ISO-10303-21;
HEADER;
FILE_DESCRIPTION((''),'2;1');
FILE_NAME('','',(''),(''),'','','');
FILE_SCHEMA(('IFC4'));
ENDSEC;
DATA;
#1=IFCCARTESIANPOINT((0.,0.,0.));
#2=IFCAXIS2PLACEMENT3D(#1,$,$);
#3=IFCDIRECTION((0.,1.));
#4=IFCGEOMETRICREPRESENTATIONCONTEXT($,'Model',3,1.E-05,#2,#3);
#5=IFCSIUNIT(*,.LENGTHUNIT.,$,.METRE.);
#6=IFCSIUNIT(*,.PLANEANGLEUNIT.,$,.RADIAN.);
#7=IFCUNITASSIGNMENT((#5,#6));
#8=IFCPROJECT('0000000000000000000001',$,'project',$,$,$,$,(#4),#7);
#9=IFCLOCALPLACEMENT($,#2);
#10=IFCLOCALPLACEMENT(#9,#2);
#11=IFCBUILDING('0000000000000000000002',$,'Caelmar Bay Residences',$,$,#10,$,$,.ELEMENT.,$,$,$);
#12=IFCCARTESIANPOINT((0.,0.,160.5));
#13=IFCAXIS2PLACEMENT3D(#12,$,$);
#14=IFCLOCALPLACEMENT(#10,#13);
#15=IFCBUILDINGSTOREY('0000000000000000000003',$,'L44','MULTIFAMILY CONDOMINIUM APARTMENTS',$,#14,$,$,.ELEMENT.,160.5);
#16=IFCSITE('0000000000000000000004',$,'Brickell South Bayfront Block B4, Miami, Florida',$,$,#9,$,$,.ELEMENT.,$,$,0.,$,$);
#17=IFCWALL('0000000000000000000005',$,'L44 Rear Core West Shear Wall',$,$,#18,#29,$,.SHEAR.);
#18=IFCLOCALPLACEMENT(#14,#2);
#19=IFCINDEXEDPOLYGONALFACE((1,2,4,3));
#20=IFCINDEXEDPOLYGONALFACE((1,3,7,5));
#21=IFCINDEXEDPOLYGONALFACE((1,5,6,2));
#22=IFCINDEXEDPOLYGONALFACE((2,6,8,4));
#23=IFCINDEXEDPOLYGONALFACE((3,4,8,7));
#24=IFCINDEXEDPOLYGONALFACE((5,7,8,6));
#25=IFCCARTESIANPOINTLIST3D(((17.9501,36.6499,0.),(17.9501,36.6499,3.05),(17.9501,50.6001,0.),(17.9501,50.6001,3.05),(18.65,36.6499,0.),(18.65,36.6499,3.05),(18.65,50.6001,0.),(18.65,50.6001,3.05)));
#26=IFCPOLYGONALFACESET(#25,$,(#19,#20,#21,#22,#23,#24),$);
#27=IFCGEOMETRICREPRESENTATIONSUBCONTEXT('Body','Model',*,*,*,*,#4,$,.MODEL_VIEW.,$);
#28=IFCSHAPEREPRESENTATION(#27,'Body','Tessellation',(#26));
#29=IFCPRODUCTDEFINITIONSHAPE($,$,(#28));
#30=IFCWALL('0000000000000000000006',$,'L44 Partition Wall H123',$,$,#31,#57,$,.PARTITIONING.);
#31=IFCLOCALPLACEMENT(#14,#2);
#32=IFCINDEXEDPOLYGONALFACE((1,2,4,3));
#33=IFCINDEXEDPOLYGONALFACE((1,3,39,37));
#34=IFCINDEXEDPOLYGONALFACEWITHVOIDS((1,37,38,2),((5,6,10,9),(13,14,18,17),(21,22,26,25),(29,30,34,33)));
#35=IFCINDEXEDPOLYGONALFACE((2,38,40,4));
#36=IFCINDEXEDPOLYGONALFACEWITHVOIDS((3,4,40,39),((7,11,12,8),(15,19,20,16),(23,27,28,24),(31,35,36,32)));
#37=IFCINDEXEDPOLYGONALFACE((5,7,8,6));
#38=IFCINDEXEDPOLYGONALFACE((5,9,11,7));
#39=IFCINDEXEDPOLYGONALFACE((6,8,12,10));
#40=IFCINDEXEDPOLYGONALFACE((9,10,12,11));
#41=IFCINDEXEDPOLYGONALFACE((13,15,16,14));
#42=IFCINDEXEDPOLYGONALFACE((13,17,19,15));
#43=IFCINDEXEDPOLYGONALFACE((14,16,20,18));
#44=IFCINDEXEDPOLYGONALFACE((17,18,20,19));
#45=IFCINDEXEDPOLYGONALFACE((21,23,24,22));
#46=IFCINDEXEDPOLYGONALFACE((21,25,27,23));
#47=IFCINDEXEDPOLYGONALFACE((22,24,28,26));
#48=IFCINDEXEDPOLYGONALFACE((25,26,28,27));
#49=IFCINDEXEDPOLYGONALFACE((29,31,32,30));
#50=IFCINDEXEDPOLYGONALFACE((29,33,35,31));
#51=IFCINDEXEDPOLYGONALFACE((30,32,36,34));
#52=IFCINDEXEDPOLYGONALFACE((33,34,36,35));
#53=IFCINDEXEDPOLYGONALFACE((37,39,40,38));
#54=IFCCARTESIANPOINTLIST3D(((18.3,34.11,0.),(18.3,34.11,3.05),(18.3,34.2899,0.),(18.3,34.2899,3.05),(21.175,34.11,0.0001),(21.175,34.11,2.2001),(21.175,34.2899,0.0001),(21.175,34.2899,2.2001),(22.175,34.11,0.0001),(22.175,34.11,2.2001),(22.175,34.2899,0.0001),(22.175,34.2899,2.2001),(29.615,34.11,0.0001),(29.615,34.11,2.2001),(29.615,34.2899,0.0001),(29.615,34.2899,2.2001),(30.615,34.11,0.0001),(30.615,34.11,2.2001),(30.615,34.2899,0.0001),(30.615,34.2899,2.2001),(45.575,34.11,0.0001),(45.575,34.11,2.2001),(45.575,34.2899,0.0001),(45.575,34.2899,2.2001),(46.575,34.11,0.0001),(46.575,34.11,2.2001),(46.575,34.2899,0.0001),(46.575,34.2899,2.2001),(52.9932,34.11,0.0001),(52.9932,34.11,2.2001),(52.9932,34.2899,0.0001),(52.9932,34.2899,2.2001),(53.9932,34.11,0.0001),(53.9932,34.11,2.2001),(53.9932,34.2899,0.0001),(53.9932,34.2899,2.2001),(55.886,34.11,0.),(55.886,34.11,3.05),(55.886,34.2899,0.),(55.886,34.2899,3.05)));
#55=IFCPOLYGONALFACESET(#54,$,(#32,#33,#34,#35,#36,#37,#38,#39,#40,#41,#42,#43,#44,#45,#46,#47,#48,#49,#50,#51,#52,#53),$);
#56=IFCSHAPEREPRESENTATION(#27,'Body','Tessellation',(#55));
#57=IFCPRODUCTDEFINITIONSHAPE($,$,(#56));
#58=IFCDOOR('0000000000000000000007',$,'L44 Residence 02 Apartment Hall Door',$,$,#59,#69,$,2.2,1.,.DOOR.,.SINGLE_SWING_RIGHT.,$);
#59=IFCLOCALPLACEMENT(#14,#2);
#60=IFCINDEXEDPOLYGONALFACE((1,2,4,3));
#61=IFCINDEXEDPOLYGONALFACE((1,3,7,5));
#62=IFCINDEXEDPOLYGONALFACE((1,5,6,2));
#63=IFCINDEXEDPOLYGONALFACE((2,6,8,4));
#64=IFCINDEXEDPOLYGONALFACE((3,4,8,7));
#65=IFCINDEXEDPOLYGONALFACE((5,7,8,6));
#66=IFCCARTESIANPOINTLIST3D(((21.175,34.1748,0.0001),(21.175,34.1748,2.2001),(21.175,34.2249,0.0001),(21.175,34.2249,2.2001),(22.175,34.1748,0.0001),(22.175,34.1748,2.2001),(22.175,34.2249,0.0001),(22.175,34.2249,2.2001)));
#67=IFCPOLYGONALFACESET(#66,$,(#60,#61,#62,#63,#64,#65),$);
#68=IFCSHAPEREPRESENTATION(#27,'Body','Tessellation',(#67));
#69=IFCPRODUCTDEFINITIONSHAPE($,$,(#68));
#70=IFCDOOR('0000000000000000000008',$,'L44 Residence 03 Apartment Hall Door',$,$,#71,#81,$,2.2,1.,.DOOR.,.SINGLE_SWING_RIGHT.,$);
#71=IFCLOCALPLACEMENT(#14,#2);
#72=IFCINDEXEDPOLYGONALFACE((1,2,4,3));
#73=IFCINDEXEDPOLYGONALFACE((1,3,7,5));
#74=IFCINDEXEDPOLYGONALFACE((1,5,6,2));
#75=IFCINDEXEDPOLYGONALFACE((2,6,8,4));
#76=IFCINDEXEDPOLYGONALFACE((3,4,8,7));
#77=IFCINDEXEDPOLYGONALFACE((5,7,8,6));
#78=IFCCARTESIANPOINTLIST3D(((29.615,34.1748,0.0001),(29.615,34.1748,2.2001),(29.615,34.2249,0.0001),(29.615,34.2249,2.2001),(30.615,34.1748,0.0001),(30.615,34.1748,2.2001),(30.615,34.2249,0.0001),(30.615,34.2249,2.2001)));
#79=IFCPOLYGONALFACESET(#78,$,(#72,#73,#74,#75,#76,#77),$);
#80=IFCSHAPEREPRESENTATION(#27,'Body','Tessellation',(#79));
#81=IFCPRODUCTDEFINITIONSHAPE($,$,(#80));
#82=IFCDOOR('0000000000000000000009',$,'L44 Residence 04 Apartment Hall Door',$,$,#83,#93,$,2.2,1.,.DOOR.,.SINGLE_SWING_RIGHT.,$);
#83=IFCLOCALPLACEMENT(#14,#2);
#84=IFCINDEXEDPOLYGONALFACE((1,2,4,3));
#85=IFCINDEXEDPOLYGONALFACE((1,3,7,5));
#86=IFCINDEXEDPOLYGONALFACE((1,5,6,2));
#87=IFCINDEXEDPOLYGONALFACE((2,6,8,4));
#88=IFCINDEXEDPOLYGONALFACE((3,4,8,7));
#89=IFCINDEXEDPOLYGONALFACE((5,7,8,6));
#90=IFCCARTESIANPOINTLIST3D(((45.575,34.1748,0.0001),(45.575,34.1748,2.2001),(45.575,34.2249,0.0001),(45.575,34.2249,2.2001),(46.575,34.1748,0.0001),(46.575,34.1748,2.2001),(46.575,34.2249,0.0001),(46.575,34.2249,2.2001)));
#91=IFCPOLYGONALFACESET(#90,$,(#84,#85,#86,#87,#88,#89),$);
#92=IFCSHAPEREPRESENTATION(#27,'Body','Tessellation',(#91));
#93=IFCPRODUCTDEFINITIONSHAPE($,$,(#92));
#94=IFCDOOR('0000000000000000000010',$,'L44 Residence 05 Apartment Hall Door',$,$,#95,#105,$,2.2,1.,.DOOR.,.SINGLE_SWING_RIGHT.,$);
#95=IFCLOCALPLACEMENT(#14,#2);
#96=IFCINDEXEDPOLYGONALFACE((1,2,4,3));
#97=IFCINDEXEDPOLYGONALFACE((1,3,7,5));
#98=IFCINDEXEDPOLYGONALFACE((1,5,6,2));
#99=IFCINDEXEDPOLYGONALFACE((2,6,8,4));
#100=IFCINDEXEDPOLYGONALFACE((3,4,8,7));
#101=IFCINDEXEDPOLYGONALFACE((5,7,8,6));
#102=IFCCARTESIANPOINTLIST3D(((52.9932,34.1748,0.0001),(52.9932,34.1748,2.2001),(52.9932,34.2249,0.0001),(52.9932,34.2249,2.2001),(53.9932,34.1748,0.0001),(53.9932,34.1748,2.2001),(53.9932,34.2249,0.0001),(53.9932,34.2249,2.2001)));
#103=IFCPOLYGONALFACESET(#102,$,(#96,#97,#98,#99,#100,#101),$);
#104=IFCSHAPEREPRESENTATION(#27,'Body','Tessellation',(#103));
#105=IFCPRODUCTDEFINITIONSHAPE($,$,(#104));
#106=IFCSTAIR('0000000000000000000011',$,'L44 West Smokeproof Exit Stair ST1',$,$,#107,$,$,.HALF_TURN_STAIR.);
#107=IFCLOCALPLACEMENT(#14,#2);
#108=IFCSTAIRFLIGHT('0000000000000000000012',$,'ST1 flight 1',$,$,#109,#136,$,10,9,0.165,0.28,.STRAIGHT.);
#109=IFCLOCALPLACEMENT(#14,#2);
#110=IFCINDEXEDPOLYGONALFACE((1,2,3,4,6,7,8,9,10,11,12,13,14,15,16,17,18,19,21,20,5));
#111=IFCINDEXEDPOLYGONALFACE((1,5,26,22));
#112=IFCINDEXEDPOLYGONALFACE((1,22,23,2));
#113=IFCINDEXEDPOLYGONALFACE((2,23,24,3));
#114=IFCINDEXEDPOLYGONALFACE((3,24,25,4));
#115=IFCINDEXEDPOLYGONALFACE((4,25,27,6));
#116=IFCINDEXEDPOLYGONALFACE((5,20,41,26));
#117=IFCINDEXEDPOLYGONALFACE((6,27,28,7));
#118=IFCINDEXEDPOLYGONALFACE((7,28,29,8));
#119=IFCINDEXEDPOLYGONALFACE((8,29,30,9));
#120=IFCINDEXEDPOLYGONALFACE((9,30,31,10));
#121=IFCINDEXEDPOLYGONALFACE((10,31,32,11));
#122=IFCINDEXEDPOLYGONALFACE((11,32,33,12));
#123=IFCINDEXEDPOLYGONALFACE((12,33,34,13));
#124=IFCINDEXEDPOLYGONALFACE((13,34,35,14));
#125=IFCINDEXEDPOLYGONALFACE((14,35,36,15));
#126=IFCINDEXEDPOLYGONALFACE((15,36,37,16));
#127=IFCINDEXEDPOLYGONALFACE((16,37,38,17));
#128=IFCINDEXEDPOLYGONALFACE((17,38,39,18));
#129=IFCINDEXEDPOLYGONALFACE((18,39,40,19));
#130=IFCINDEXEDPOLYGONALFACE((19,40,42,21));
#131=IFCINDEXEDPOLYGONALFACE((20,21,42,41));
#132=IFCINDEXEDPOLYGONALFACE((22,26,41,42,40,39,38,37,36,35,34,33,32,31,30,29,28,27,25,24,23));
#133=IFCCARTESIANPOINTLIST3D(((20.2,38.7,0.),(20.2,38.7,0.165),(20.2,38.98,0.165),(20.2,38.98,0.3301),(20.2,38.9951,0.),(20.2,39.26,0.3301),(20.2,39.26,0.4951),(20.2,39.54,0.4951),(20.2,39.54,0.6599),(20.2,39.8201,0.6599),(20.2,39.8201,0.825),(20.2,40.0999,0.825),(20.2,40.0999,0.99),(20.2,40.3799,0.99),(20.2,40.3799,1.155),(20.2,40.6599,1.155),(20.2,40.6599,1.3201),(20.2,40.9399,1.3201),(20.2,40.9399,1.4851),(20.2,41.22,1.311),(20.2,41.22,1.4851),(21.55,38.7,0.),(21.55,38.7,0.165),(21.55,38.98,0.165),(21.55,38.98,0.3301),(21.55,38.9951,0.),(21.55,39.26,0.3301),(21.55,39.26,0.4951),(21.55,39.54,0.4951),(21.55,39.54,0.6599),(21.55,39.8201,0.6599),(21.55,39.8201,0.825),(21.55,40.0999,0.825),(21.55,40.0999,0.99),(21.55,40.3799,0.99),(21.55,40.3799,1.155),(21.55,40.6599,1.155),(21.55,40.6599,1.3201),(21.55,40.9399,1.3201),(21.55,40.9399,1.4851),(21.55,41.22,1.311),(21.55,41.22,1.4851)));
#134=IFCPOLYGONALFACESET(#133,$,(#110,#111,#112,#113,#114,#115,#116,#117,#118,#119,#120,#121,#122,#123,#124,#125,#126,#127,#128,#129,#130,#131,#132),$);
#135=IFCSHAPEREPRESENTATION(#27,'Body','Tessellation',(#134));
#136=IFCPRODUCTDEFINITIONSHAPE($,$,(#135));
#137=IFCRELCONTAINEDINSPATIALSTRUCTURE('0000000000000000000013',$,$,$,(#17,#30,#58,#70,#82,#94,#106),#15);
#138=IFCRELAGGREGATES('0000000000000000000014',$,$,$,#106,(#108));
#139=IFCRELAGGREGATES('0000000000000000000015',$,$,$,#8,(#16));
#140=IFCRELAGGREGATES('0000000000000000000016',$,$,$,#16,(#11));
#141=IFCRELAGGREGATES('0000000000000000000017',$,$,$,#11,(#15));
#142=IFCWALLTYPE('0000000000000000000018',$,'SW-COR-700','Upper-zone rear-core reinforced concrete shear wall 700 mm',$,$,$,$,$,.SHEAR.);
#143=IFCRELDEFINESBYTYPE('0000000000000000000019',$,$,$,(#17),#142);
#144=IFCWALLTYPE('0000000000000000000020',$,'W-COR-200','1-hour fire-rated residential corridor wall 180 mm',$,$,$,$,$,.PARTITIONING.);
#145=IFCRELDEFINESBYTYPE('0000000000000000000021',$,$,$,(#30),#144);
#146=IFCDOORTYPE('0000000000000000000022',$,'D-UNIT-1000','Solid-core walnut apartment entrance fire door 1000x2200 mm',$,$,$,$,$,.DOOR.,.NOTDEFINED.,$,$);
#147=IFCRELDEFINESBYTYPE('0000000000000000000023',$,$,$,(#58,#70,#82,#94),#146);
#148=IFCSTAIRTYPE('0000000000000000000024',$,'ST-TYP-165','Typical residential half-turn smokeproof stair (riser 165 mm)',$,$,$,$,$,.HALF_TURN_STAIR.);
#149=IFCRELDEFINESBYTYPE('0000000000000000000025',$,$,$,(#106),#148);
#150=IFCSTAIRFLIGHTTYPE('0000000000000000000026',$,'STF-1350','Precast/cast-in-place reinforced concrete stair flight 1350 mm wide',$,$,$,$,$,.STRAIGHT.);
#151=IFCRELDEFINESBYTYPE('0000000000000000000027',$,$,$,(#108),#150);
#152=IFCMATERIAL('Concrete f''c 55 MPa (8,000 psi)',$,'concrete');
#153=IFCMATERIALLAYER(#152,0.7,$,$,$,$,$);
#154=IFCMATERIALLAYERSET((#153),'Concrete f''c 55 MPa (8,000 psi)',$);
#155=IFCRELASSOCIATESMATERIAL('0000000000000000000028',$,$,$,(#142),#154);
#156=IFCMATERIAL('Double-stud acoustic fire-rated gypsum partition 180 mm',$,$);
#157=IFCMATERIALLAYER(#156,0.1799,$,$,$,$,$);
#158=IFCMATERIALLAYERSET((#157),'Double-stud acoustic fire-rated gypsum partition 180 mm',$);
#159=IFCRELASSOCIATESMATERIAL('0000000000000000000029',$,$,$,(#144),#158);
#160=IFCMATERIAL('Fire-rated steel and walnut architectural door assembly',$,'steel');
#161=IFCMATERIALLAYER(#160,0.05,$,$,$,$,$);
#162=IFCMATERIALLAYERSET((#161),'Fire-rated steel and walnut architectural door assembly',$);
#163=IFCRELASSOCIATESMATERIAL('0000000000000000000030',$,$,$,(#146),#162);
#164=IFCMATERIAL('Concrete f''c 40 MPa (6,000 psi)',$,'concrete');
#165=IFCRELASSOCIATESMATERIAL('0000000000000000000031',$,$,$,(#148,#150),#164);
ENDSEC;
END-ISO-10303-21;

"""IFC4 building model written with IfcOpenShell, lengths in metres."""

from ifc_helpers import new_model, si_unit, direction, frame, frame_2d, origin, place, context, subcontext, project, spatial, polyline, rectangle, outline, extrude, material, layer, layer_set, type_object, element, fill, aggregate, save


model = new_model("IFC4")

# Units and contexts
model_context = context("Model", 3, precision=1e-05, world=origin(), true_north=direction((0.0, 1.0)))
body_context = subcontext(model_context, "Body", "Model", "MODEL_VIEW")
ifc_project = project(units=[si_unit("LENGTHUNIT", "METRE"), si_unit("PLANEANGLEUNIT", "RADIAN")], contexts=[model_context])

# Site, building, storey
site_placement = place(None, origin())
site = spatial("IfcSite", under=ifc_project, at=site_placement, Name="Brickell South Bayfront Block B4, Miami, Florida", CompositionType="ELEMENT", RefElevation=0.0)
building_placement = place(site_placement, origin())
building = spatial("IfcBuilding", under=site, at=building_placement, Name="Caelmar Bay Residences", CompositionType="ELEMENT")
storey_placement = place(building_placement, frame((0.0, 0.0, 160.5)))
storey = spatial("IfcBuildingStorey", under=building, at=storey_placement, Name="L44", Description="MULTIFAMILY CONDOMINIUM APARTMENTS", CompositionType="ELEMENT", Elevation=160.5)

# Wall
ifc_material_1 = material(Name="Concrete f'c 55 MPa (8,000 psi)", Category="concrete")
ifc_layer_1 = layer(ifc_material_1, 0.7)
ifc_layer_set_1 = layer_set([ifc_layer_1], Name="Concrete f'c 55 MPa (8,000 psi)")
wall_type_1 = type_object("IfcWallType", Name="SW-COR-700", Description="Upper-zone rear-core reinforced concrete shear wall 700 mm", PredefinedType="SHEAR", material=ifc_layer_set_1)
wall_1_placement = place(storey_placement, frame((18.3, 36.6499, 0.0), z_axis=(0.0, 0.0, 1.0), x_axis=(0.0, 1.0, 0.0)))
element("IfcWall", 1, at=wall_1_placement, inside=storey, type_object=wall_type_1, Name="L44 Rear Core West Shear Wall", PredefinedType="SHEAR", context=body_context, shape_type="SweptSolid", body=[
    extrude(rectangle(XDim=13.9502, YDim=0.7, at=frame_2d((6.9751, 0.0))), origin(), (0.0, 0.0, 1.0), 3.05),
])

# Shared definitions
ifc_material_2 = material(Name="Fire-rated steel and walnut architectural door assembly", Category="steel")

# Wall, openings, doors
ifc_material_3 = material(Name="Double-stud acoustic fire-rated gypsum partition 180 mm")
ifc_layer_2 = layer(ifc_material_3, 0.1799)
ifc_layer_set_2 = layer_set([ifc_layer_2], Name="Double-stud acoustic fire-rated gypsum partition 180 mm")
wall_type_2 = type_object("IfcWallType", Name="W-COR-200", Description="1-hour fire-rated residential corridor wall 180 mm", PredefinedType="PARTITIONING", material=ifc_layer_set_2)
wall_2_placement = place(storey_placement, frame((18.3, 34.2, 0.0), z_axis=(0.0, 0.0, 1.0), x_axis=(1.0, 0.0, 0.0)))
wall_2 = element("IfcWall", 2, at=wall_2_placement, inside=storey, type_object=wall_type_2, Name="L44 Partition Wall H123", PredefinedType="PARTITIONING", context=body_context, shape_type="SweptSolid", body=[
    extrude(rectangle(XDim=37.5859, YDim=0.1799, at=frame_2d((18.793, 0.0))), origin(), (0.0, 0.0, 1.0), 3.05),
])
opening_1_placement = place(wall_2_placement, frame((2.875, 0.0, 0.0)))
opening_1 = element("IfcOpeningElement", 3, at=opening_1_placement, cuts=wall_2, PredefinedType="OPENING", context=body_context, shape_type="SweptSolid", body=[
    extrude(rectangle(XDim=1.0, YDim=2.2, at=frame_2d((0.5, 1.1001))), frame((0.0, 0.0999, 0.0), z_axis=(0.0, -1.0, 0.0), x_axis=(1.0, 0.0, 0.0)), (0.0, 0.0, 1.0), 0.2),
])
opening_2_placement = place(wall_2_placement, frame((11.3149, 0.0, 0.0)))
opening_2 = element("IfcOpeningElement", 4, at=opening_2_placement, cuts=wall_2, PredefinedType="OPENING", context=body_context, shape_type="SweptSolid", body=[
    extrude(rectangle(XDim=1.0, YDim=2.2, at=frame_2d((0.5, 1.1001))), frame((0.0, 0.0999, 0.0), z_axis=(0.0, -1.0, 0.0), x_axis=(1.0, 0.0, 0.0)), (0.0, 0.0, 1.0), 0.2),
])
opening_3_placement = place(wall_2_placement, frame((27.2749, 0.0, 0.0)))
opening_3 = element("IfcOpeningElement", 5, at=opening_3_placement, cuts=wall_2, PredefinedType="OPENING", context=body_context, shape_type="SweptSolid", body=[
    extrude(rectangle(XDim=1.0, YDim=2.2, at=frame_2d((0.5, 1.1001))), frame((0.0, 0.0999, 0.0), z_axis=(0.0, -1.0, 0.0), x_axis=(1.0, 0.0, 0.0)), (0.0, 0.0, 1.0), 0.2),
])
opening_4_placement = place(wall_2_placement, frame((34.6931, 0.0, 0.0)))
opening_4 = element("IfcOpeningElement", 6, at=opening_4_placement, cuts=wall_2, PredefinedType="OPENING", context=body_context, shape_type="SweptSolid", body=[
    extrude(rectangle(XDim=1.0, YDim=2.2, at=frame_2d((0.5, 1.1001))), frame((0.0, 0.0999, 0.0), z_axis=(0.0, -1.0, 0.0), x_axis=(1.0, 0.0, 0.0)), (0.0, 0.0, 1.0), 0.2),
])
ifc_layer_3 = layer(ifc_material_2, 0.05)
ifc_layer_set_3 = layer_set([ifc_layer_3], Name="Fire-rated steel and walnut architectural door assembly")
door_type_1 = type_object("IfcDoorType", Name="D-UNIT-1000", Description="Solid-core walnut apartment entrance fire door 1000x2200 mm", OperationType="NOTDEFINED", PredefinedType="DOOR", material=ifc_layer_set_3)
door_1_placement = place(opening_1_placement, origin())
door_1 = element("IfcDoor", 7, at=door_1_placement, inside=storey, type_object=door_type_1, Name="L44 Residence 02 Apartment Hall Door", OperationType="SINGLE_SWING_RIGHT", OverallHeight=2.2, OverallWidth=1.0, PredefinedType="DOOR", context=body_context, shape_type="SweptSolid", body=[
    extrude(rectangle(XDim=1.0, YDim=2.2, at=frame_2d((0.5, 1.1001))), frame((0.0, 0.0249, 0.0), z_axis=(0.0, -1.0, 0.0), x_axis=(1.0, 0.0, 0.0)), (0.0, 0.0, 1.0), 0.05),
])
fill(opening_1, door_1)
door_2_placement = place(opening_2_placement, origin())
door_2 = element("IfcDoor", 8, at=door_2_placement, inside=storey, type_object=door_type_1, Name="L44 Residence 03 Apartment Hall Door", OperationType="SINGLE_SWING_RIGHT", OverallHeight=2.2, OverallWidth=1.0, PredefinedType="DOOR", context=body_context, shape_type="SweptSolid", body=[
    extrude(rectangle(XDim=1.0, YDim=2.2, at=frame_2d((0.5, 1.1001))), frame((0.0, 0.0249, 0.0), z_axis=(0.0, -1.0, 0.0), x_axis=(1.0, 0.0, 0.0)), (0.0, 0.0, 1.0), 0.05),
])
fill(opening_2, door_2)
door_3_placement = place(opening_3_placement, origin())
door_3 = element("IfcDoor", 9, at=door_3_placement, inside=storey, type_object=door_type_1, Name="L44 Residence 04 Apartment Hall Door", OperationType="SINGLE_SWING_RIGHT", OverallHeight=2.2, OverallWidth=1.0, PredefinedType="DOOR", context=body_context, shape_type="SweptSolid", body=[
    extrude(rectangle(XDim=1.0, YDim=2.2, at=frame_2d((0.5, 1.1001))), frame((0.0, 0.0249, 0.0), z_axis=(0.0, -1.0, 0.0), x_axis=(1.0, 0.0, 0.0)), (0.0, 0.0, 1.0), 0.05),
])
fill(opening_3, door_3)
door_4_placement = place(opening_4_placement, origin())
door_4 = element("IfcDoor", 10, at=door_4_placement, inside=storey, type_object=door_type_1, Name="L44 Residence 05 Apartment Hall Door", OperationType="SINGLE_SWING_RIGHT", OverallHeight=2.2, OverallWidth=1.0, PredefinedType="DOOR", context=body_context, shape_type="SweptSolid", body=[
    extrude(rectangle(XDim=1.0, YDim=2.2, at=frame_2d((0.5, 1.1001))), frame((0.0, 0.0249, 0.0), z_axis=(0.0, -1.0, 0.0), x_axis=(1.0, 0.0, 0.0)), (0.0, 0.0, 1.0), 0.05),
])
fill(opening_4, door_4)

# Stair, stair flight
ifc_material_4 = material(Name="Concrete f'c 40 MPa (6,000 psi)", Category="concrete")
stair_type = type_object("IfcStairType", Name="ST-TYP-165", Description="Typical residential half-turn smokeproof stair (riser 165 mm)", PredefinedType="HALF_TURN_STAIR", material=ifc_material_4)
stair_placement = place(storey_placement, origin())
stair = element("IfcStair", 11, at=stair_placement, inside=storey, type_object=stair_type, Name="L44 West Smokeproof Exit Stair ST1", PredefinedType="HALF_TURN_STAIR")
stair_flight_type = type_object("IfcStairFlightType", Name="STF-1350", Description="Precast/cast-in-place reinforced concrete stair flight 1350 mm wide", PredefinedType="STRAIGHT", material=ifc_material_4)
stair_flight_placement = place(storey_placement, frame((20.875, 38.7, 0.0), z_axis=(0.0, 0.0, 1.0), x_axis=(0.0, 1.0, 0.0)))
stair_flight = element("IfcStairFlight", 12, at=stair_flight_placement, type_object=stair_flight_type, Name="ST1 flight 1", NumberOfRisers=10, NumberOfTreads=9, PredefinedType="STRAIGHT", RiserHeight=0.165, TreadLength=0.28, context=body_context, shape_type="SweptSolid", body=[
    extrude(outline(polyline([(0.0, 0.0), (0.0, 0.165), (0.28, 0.165), (0.28, 0.3301), (0.5601, 0.3301), (0.5601, 0.4951), (0.8401, 0.4951), (0.8401, 0.6599), (1.1201, 0.6599), (1.1201, 0.825), (1.3999, 0.825), (1.3999, 0.99), (1.6799, 0.99), (1.6799, 1.155), (1.96, 1.155), (1.96, 1.3201), (2.24, 1.3201), (2.24, 1.4851), (2.52, 1.4851), (2.52, 1.6499), (2.52, 1.311), (0.2952, 0.0), (0.0, 0.0)])), frame((0.0, 0.675, 0.0), z_axis=(0.0, -1.0, 0.0), x_axis=(1.0, 0.0, 0.0)), (0.0, 0.0, 1.0), 1.3501),
])
aggregate(stair, [stair_flight])

save(model, "model.ifc")
